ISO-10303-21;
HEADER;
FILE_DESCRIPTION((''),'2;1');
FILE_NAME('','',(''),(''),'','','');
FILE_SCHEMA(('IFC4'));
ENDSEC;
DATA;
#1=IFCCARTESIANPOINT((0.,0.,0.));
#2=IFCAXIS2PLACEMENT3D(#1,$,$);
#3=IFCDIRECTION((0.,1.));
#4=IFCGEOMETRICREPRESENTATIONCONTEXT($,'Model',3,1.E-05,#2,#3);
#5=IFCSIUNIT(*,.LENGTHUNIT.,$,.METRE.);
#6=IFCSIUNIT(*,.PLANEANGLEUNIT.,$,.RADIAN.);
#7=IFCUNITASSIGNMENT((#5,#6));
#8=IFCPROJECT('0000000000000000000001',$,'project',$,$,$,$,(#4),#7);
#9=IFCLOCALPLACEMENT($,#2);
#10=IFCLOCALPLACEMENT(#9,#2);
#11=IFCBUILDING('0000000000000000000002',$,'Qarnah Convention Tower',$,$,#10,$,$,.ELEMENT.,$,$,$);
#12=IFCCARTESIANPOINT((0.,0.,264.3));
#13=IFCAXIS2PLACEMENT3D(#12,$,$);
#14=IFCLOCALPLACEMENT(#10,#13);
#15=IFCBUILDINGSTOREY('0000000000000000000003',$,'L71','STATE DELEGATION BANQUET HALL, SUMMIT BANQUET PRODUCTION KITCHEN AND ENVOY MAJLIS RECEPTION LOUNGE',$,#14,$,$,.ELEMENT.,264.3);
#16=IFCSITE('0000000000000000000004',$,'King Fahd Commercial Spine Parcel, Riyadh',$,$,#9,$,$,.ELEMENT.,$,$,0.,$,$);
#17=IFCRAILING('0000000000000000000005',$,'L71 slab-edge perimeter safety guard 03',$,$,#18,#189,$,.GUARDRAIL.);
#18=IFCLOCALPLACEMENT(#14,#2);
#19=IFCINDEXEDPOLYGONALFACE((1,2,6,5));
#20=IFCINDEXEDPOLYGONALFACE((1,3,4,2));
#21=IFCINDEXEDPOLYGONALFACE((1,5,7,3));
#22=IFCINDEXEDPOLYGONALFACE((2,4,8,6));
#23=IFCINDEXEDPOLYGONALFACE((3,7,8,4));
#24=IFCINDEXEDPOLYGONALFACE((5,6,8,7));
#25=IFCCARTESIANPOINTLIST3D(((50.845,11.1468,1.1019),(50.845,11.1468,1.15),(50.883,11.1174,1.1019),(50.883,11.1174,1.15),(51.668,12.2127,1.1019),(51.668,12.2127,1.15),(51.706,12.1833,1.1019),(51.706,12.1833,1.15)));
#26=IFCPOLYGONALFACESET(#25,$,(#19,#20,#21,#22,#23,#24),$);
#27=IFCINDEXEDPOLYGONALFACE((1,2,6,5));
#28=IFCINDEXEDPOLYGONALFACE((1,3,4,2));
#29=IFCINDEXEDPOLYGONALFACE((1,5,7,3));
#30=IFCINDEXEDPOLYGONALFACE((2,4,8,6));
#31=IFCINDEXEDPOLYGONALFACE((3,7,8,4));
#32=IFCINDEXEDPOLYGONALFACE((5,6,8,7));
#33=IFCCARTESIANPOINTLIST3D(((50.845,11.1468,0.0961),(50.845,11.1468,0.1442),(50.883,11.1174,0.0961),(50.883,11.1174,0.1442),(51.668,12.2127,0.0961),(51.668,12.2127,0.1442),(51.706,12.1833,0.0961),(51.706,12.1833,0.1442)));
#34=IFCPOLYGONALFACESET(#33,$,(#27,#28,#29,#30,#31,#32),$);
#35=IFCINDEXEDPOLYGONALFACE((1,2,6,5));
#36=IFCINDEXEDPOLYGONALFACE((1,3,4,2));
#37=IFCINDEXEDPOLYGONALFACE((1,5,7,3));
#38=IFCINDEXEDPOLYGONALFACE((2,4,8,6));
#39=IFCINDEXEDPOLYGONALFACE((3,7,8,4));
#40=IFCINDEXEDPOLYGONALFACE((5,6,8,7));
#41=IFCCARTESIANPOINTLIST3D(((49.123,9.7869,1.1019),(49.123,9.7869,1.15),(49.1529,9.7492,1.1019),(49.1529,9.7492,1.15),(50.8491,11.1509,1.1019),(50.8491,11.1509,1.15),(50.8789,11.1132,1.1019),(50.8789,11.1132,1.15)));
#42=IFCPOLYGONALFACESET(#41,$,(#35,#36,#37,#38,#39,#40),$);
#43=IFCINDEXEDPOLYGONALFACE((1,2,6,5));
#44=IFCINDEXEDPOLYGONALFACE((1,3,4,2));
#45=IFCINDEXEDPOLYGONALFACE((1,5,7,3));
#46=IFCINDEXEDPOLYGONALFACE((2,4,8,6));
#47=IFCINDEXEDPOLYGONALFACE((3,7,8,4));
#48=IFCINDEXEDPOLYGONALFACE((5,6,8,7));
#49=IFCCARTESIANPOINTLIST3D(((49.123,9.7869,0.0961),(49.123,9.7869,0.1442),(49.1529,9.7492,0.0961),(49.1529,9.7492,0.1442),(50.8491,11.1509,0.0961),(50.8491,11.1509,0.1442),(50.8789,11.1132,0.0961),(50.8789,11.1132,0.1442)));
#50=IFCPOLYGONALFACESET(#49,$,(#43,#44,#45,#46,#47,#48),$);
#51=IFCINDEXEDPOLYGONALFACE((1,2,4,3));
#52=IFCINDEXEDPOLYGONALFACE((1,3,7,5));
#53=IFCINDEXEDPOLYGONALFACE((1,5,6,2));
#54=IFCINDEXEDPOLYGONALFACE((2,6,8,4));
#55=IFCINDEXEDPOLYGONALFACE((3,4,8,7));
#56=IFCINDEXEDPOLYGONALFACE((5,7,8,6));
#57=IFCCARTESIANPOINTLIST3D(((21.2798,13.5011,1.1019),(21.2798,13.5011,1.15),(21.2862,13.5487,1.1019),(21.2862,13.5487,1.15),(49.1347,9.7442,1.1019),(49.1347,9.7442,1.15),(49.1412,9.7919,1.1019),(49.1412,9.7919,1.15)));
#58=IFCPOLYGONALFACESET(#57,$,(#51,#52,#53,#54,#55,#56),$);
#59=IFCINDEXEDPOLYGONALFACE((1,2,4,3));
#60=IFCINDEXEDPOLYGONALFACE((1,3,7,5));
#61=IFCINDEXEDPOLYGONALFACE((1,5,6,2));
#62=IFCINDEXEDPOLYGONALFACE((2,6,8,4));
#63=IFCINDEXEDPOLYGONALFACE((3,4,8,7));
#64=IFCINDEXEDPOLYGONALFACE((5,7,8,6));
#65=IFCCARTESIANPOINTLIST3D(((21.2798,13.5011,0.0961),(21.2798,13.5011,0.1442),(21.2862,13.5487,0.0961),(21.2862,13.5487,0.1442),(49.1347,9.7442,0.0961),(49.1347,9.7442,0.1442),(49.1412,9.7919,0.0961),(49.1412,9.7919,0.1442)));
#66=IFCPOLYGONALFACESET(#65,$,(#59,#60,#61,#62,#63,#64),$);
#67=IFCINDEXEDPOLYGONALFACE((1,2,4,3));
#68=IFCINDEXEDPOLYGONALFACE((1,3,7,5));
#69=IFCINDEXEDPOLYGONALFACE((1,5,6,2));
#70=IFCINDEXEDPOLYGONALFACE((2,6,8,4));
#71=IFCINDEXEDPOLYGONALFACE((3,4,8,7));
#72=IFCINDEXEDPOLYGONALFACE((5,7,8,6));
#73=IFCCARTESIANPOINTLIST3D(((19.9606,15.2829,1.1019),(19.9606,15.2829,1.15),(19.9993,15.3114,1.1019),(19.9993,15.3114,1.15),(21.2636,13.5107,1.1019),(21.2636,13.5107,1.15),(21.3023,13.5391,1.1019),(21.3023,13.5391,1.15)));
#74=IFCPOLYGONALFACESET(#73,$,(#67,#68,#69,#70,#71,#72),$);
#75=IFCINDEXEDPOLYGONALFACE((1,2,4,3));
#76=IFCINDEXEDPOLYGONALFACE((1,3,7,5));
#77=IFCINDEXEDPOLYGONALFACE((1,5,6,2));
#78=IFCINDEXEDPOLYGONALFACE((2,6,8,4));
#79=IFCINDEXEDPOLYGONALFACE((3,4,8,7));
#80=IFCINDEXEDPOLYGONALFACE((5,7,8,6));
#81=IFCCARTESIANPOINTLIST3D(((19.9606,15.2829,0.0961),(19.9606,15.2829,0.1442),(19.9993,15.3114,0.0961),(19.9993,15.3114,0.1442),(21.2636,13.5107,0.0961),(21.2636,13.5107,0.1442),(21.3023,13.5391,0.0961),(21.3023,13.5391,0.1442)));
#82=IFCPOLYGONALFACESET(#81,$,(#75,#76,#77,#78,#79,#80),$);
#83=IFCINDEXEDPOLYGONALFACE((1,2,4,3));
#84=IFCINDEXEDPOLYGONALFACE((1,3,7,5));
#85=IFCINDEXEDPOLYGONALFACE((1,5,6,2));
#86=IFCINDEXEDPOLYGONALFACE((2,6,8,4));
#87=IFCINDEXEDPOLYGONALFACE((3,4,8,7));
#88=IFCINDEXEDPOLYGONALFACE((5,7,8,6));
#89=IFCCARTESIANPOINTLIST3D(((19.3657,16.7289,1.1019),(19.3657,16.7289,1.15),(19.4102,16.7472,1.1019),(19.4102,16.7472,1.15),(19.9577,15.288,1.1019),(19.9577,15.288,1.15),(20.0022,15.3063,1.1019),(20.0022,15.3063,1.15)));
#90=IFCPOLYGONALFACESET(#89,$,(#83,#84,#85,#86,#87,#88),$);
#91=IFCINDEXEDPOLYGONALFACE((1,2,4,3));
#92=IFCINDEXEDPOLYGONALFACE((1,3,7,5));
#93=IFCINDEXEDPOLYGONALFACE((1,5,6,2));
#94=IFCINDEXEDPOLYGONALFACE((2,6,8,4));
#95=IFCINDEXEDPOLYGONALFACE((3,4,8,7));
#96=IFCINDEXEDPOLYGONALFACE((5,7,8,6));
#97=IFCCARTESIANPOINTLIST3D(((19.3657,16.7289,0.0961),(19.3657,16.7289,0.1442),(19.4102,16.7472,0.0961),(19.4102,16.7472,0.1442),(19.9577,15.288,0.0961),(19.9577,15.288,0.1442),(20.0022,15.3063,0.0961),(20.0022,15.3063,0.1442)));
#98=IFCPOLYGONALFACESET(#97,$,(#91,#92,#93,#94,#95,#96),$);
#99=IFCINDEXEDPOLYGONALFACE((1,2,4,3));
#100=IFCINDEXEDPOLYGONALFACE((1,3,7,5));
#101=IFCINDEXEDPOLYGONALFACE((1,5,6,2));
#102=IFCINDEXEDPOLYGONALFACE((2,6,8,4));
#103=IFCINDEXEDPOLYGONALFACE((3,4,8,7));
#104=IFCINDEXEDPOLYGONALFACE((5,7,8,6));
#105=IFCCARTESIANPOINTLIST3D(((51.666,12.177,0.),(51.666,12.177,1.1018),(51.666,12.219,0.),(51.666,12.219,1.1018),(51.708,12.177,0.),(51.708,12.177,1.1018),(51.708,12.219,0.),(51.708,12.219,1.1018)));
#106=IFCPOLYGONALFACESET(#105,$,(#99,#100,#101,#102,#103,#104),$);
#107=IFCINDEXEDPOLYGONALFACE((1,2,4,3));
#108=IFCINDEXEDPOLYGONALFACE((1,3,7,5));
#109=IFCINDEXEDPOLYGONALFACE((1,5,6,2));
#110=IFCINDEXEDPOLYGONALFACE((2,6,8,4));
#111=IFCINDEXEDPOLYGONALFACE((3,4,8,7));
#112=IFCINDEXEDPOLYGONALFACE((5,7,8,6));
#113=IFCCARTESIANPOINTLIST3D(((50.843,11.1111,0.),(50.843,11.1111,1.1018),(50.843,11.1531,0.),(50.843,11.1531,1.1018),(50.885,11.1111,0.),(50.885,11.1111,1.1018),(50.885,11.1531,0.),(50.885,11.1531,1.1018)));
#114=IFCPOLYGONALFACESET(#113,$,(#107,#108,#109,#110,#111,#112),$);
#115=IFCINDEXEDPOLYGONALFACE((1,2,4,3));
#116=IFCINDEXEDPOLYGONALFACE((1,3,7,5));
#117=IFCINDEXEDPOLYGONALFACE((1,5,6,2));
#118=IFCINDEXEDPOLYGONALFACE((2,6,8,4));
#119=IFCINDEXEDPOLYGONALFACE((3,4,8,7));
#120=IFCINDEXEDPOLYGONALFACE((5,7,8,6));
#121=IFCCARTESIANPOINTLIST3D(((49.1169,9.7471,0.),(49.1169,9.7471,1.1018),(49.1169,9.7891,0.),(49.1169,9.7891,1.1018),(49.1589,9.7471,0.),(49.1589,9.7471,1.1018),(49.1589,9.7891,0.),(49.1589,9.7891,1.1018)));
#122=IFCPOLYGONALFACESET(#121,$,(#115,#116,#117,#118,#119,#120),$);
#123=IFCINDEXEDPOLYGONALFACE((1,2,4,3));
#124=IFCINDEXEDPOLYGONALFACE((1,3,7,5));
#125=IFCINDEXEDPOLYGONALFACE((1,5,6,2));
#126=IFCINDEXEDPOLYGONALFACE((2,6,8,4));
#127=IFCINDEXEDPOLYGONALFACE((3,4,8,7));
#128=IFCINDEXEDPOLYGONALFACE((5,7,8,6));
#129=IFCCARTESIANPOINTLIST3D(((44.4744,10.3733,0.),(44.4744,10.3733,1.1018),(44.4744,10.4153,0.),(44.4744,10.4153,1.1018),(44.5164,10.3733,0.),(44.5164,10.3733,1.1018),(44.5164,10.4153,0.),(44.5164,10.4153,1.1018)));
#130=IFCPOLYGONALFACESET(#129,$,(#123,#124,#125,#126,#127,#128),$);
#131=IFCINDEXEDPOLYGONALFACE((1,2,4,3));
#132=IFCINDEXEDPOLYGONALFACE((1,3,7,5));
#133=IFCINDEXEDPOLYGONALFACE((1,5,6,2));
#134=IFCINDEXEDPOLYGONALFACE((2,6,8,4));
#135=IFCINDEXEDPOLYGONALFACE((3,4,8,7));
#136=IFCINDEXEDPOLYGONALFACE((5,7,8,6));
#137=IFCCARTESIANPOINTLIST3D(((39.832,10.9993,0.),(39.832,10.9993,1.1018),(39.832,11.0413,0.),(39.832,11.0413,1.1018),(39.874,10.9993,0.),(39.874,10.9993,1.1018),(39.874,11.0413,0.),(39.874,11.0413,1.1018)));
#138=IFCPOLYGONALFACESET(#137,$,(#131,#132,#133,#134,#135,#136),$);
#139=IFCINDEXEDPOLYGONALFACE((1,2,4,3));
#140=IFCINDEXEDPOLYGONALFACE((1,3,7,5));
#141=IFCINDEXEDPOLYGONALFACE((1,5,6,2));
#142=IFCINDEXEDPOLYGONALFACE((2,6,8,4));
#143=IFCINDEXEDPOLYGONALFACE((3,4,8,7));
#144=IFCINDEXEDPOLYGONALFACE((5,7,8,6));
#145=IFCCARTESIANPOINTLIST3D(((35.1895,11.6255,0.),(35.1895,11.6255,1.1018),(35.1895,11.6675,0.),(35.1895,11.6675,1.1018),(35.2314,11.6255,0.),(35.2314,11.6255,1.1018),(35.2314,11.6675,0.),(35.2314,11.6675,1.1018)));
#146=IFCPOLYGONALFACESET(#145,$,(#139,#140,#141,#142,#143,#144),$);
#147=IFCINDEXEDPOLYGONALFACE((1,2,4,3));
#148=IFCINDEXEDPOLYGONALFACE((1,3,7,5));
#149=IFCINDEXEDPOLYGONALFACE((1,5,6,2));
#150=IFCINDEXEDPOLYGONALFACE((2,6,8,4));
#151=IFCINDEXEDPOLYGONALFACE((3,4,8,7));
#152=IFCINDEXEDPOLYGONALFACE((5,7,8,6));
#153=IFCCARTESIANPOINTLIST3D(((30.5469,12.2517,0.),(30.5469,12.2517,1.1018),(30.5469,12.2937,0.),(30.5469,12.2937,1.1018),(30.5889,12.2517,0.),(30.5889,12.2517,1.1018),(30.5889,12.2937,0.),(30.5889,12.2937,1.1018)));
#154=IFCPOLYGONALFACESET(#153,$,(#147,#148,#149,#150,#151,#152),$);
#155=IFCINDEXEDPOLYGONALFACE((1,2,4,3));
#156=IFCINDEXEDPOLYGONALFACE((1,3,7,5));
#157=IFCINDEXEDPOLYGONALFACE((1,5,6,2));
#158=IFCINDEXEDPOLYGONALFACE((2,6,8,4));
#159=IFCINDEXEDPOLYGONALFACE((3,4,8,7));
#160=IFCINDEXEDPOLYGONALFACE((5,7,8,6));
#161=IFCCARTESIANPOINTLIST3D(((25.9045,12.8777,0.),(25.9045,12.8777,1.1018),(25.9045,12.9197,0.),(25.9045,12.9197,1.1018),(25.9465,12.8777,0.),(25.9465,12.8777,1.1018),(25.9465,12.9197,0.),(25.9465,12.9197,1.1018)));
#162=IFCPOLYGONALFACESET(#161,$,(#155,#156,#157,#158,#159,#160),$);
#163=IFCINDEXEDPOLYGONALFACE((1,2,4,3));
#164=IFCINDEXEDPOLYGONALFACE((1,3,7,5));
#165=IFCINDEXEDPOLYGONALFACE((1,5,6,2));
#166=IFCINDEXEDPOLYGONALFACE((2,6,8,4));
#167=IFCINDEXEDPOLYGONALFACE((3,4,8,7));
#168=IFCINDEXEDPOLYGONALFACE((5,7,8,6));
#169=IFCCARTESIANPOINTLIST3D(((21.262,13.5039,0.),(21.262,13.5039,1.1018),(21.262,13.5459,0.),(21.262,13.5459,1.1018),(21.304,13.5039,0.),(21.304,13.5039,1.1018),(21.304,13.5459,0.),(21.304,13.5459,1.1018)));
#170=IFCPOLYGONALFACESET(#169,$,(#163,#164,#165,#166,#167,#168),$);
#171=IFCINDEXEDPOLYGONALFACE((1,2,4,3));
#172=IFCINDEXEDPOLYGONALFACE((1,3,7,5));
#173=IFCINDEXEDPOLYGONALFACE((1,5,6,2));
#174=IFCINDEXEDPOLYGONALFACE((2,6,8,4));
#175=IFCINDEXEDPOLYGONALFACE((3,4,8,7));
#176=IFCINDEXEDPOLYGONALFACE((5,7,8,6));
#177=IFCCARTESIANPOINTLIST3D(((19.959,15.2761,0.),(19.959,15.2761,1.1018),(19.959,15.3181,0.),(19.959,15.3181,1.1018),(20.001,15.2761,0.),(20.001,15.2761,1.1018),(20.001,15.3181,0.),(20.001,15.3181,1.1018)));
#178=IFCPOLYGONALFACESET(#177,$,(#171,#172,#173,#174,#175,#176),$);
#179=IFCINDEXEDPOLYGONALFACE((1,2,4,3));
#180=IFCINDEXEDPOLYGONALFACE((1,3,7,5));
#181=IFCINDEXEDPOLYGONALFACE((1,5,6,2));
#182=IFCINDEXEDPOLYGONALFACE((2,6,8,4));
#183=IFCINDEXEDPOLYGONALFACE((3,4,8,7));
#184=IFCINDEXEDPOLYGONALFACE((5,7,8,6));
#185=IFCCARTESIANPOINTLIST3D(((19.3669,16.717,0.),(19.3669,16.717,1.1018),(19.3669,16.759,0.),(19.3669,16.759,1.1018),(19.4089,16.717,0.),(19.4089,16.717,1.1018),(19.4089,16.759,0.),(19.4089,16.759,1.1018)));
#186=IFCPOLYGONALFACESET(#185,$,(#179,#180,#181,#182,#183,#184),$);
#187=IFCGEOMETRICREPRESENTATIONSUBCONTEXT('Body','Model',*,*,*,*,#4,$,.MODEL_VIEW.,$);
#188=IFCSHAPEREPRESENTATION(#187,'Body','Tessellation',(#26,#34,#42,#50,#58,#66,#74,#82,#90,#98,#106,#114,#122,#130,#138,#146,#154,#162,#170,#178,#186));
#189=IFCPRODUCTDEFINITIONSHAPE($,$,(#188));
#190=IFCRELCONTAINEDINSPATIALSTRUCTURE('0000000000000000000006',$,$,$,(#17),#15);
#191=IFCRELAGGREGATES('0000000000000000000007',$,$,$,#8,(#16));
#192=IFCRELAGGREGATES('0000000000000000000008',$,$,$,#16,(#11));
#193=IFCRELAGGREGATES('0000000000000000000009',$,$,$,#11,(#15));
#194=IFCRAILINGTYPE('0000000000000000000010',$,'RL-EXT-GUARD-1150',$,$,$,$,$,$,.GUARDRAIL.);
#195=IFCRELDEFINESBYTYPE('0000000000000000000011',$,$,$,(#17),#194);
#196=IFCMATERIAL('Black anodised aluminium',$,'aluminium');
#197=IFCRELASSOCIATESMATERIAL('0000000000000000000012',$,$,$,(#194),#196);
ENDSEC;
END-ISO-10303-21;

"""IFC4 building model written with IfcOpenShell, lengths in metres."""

from ifc_helpers import new_model, si_unit, direction, frame, origin, origin_2d, place, context, subcontext, project, spatial, rectangle, extrude, material, type_object, element, save


model = new_model("IFC4")

# Units and contexts
model_context = context("Model", 3, precision=1e-05, world=origin(), true_north=direction((0.0, 1.0)))
body_context = subcontext(model_context, "Body", "Model", "MODEL_VIEW")
ifc_project = project(units=[si_unit("LENGTHUNIT", "METRE"), si_unit("PLANEANGLEUNIT", "RADIAN")], contexts=[model_context])

# Site, building, storey
site_placement = place(None, origin())
site = spatial("IfcSite", under=ifc_project, at=site_placement, Name="King Fahd Commercial Spine Parcel, Riyadh", CompositionType="ELEMENT", RefElevation=0.0)
building_placement = place(site_placement, origin())
building = spatial("IfcBuilding", under=site, at=building_placement, Name="Qarnah Convention Tower", CompositionType="ELEMENT")
storey_placement = place(building_placement, frame((0.0, 0.0, 264.3)))
storey = spatial("IfcBuildingStorey", under=building, at=storey_placement, Name="L71", Description="STATE DELEGATION BANQUET HALL, SUMMIT BANQUET PRODUCTION KITCHEN AND ENVOY MAJLIS RECEPTION LOUNGE", CompositionType="ELEMENT", Elevation=264.3)

# Shared definitions
ifc_material_1 = material(Name="Black anodised aluminium", Category="aluminium")

# Railing
railing_type = type_object("IfcRailingType", Name="RL-EXT-GUARD-1150", PredefinedType="GUARDRAIL", material=ifc_material_1)
railing_1_placement = place(storey_placement, frame((51.687, 12.198, 0.0)))
element("IfcRailing", 1, at=railing_1_placement, inside=storey, type_object=railing_type, Name="L71 slab-edge perimeter safety guard 03", PredefinedType="GUARDRAIL", context=body_context, shape_type="SweptSolid", body=[
    extrude(rectangle(XDim=0.0481, YDim=0.0481, at=origin_2d()), frame((0.0, 0.0, 1.126), z_axis=(-0.611138, -0.791524, 0.0), x_axis=(0.791524, -0.611138, 0.0)), (0.0, 0.0, 1.0), 1.3467),
    extrude(rectangle(XDim=0.0481, YDim=0.0481, at=origin_2d()), frame((0.0, 0.0, 0.1201), z_axis=(-0.611138, -0.791524, 0.0), x_axis=(0.791524, -0.611138, 0.0)), (0.0, 0.0, 1.0), 1.3467),
    extrude(rectangle(XDim=0.0481, YDim=0.0481, at=origin_2d()), frame((-0.823, -1.0659, 1.126), z_axis=(-0.78459, -0.620015, 0.0), x_axis=(0.620015, -0.78459, 0.0)), (0.0, 0.0, 1.0), 2.2),
    extrude(rectangle(XDim=0.0481, YDim=0.0481, at=origin_2d()), frame((-0.823, -1.0659, 0.1201), z_axis=(-0.78459, -0.620015, 0.0), x_axis=(0.620015, -0.78459, 0.0)), (0.0, 0.0, 1.0), 2.2),
    extrude(rectangle(XDim=0.0481, YDim=0.0481, at=origin_2d()), frame((-2.5491, -2.4299, 1.126), z_axis=(-0.991027, 0.133661, 0.0), x_axis=(-0.133661, -0.991027, 0.0)), (0.0, 0.0, 1.0), 28.1072),
    extrude(rectangle(XDim=0.0481, YDim=0.0481, at=origin_2d()), frame((-2.5491, -2.4299, 0.1201), z_axis=(-0.991027, 0.133661, 0.0), x_axis=(-0.133661, -0.991027, 0.0)), (0.0, 0.0, 1.0), 28.1072),
    extrude(rectangle(XDim=0.0481, YDim=0.0481, at=origin_2d()), frame((-30.4041, 1.3269, 1.126), z_axis=(-0.592354, 0.805677, 0.0), x_axis=(-0.805677, -0.592354, 0.0)), (0.0, 0.0, 1.0), 2.1997),
    extrude(rectangle(XDim=0.0481, YDim=0.0481, at=origin_2d()), frame((-30.4041, 1.3269, 0.1201), z_axis=(-0.592354, 0.805677, 0.0), x_axis=(-0.805677, -0.592354, 0.0)), (0.0, 0.0, 1.0), 2.1997),
    extrude(rectangle(XDim=0.0481, YDim=0.0481, at=origin_2d()), frame((-31.707, 3.0991, 1.126), z_axis=(-0.380048, 0.924967, 0.0), x_axis=(-0.924967, -0.380048, 0.0)), (0.0, 0.0, 1.0), 1.5579),
    extrude(rectangle(XDim=0.0481, YDim=0.0481, at=origin_2d()), frame((-31.707, 3.0991, 0.1201), z_axis=(-0.380048, 0.924967, 0.0), x_axis=(-0.924967, -0.380048, 0.0)), (0.0, 0.0, 1.0), 1.5579),
    extrude(rectangle(XDim=0.042, YDim=0.042, at=origin_2d()), origin(), (0.0, 0.0, 1.0), 1.1018),
    extrude(rectangle(XDim=0.042, YDim=0.042, at=origin_2d()), frame((-0.823, -1.0659, 0.0)), (0.0, 0.0, 1.0), 1.1018),
    extrude(rectangle(XDim=0.042, YDim=0.042, at=origin_2d()), frame((-2.5491, -2.4299, 0.0)), (0.0, 0.0, 1.0), 1.1018),
    extrude(rectangle(XDim=0.042, YDim=0.042, at=origin_2d()), frame((-7.1917, -1.8037, 0.0)), (0.0, 0.0, 1.0), 1.1018),
    extrude(rectangle(XDim=0.042, YDim=0.042, at=origin_2d()), frame((-11.834, -1.1777, 0.0)), (0.0, 0.0, 1.0), 1.1018),
    extrude(rectangle(XDim=0.042, YDim=0.042, at=origin_2d()), frame((-16.4766, -0.5515, 0.0)), (0.0, 0.0, 1.0), 1.1018),
    extrude(rectangle(XDim=0.042, YDim=0.042, at=origin_2d()), frame((-21.1191, 0.0747, 0.0)), (0.0, 0.0, 1.0), 1.1018),
    extrude(rectangle(XDim=0.042, YDim=0.042, at=origin_2d()), frame((-25.7615, 0.7007, 0.0)), (0.0, 0.0, 1.0), 1.1018),
    extrude(rectangle(XDim=0.042, YDim=0.042, at=origin_2d()), frame((-30.4041, 1.3269, 0.0)), (0.0, 0.0, 1.0), 1.1018),
    extrude(rectangle(XDim=0.042, YDim=0.042, at=origin_2d()), frame((-31.707, 3.0991, 0.0)), (0.0, 0.0, 1.0), 1.1018),
    extrude(rectangle(XDim=0.042, YDim=0.042, at=origin_2d()), frame((-32.2991, 4.54, 0.0)), (0.0, 0.0, 1.0), 1.1018),
])

save(model, "model.ifc")
